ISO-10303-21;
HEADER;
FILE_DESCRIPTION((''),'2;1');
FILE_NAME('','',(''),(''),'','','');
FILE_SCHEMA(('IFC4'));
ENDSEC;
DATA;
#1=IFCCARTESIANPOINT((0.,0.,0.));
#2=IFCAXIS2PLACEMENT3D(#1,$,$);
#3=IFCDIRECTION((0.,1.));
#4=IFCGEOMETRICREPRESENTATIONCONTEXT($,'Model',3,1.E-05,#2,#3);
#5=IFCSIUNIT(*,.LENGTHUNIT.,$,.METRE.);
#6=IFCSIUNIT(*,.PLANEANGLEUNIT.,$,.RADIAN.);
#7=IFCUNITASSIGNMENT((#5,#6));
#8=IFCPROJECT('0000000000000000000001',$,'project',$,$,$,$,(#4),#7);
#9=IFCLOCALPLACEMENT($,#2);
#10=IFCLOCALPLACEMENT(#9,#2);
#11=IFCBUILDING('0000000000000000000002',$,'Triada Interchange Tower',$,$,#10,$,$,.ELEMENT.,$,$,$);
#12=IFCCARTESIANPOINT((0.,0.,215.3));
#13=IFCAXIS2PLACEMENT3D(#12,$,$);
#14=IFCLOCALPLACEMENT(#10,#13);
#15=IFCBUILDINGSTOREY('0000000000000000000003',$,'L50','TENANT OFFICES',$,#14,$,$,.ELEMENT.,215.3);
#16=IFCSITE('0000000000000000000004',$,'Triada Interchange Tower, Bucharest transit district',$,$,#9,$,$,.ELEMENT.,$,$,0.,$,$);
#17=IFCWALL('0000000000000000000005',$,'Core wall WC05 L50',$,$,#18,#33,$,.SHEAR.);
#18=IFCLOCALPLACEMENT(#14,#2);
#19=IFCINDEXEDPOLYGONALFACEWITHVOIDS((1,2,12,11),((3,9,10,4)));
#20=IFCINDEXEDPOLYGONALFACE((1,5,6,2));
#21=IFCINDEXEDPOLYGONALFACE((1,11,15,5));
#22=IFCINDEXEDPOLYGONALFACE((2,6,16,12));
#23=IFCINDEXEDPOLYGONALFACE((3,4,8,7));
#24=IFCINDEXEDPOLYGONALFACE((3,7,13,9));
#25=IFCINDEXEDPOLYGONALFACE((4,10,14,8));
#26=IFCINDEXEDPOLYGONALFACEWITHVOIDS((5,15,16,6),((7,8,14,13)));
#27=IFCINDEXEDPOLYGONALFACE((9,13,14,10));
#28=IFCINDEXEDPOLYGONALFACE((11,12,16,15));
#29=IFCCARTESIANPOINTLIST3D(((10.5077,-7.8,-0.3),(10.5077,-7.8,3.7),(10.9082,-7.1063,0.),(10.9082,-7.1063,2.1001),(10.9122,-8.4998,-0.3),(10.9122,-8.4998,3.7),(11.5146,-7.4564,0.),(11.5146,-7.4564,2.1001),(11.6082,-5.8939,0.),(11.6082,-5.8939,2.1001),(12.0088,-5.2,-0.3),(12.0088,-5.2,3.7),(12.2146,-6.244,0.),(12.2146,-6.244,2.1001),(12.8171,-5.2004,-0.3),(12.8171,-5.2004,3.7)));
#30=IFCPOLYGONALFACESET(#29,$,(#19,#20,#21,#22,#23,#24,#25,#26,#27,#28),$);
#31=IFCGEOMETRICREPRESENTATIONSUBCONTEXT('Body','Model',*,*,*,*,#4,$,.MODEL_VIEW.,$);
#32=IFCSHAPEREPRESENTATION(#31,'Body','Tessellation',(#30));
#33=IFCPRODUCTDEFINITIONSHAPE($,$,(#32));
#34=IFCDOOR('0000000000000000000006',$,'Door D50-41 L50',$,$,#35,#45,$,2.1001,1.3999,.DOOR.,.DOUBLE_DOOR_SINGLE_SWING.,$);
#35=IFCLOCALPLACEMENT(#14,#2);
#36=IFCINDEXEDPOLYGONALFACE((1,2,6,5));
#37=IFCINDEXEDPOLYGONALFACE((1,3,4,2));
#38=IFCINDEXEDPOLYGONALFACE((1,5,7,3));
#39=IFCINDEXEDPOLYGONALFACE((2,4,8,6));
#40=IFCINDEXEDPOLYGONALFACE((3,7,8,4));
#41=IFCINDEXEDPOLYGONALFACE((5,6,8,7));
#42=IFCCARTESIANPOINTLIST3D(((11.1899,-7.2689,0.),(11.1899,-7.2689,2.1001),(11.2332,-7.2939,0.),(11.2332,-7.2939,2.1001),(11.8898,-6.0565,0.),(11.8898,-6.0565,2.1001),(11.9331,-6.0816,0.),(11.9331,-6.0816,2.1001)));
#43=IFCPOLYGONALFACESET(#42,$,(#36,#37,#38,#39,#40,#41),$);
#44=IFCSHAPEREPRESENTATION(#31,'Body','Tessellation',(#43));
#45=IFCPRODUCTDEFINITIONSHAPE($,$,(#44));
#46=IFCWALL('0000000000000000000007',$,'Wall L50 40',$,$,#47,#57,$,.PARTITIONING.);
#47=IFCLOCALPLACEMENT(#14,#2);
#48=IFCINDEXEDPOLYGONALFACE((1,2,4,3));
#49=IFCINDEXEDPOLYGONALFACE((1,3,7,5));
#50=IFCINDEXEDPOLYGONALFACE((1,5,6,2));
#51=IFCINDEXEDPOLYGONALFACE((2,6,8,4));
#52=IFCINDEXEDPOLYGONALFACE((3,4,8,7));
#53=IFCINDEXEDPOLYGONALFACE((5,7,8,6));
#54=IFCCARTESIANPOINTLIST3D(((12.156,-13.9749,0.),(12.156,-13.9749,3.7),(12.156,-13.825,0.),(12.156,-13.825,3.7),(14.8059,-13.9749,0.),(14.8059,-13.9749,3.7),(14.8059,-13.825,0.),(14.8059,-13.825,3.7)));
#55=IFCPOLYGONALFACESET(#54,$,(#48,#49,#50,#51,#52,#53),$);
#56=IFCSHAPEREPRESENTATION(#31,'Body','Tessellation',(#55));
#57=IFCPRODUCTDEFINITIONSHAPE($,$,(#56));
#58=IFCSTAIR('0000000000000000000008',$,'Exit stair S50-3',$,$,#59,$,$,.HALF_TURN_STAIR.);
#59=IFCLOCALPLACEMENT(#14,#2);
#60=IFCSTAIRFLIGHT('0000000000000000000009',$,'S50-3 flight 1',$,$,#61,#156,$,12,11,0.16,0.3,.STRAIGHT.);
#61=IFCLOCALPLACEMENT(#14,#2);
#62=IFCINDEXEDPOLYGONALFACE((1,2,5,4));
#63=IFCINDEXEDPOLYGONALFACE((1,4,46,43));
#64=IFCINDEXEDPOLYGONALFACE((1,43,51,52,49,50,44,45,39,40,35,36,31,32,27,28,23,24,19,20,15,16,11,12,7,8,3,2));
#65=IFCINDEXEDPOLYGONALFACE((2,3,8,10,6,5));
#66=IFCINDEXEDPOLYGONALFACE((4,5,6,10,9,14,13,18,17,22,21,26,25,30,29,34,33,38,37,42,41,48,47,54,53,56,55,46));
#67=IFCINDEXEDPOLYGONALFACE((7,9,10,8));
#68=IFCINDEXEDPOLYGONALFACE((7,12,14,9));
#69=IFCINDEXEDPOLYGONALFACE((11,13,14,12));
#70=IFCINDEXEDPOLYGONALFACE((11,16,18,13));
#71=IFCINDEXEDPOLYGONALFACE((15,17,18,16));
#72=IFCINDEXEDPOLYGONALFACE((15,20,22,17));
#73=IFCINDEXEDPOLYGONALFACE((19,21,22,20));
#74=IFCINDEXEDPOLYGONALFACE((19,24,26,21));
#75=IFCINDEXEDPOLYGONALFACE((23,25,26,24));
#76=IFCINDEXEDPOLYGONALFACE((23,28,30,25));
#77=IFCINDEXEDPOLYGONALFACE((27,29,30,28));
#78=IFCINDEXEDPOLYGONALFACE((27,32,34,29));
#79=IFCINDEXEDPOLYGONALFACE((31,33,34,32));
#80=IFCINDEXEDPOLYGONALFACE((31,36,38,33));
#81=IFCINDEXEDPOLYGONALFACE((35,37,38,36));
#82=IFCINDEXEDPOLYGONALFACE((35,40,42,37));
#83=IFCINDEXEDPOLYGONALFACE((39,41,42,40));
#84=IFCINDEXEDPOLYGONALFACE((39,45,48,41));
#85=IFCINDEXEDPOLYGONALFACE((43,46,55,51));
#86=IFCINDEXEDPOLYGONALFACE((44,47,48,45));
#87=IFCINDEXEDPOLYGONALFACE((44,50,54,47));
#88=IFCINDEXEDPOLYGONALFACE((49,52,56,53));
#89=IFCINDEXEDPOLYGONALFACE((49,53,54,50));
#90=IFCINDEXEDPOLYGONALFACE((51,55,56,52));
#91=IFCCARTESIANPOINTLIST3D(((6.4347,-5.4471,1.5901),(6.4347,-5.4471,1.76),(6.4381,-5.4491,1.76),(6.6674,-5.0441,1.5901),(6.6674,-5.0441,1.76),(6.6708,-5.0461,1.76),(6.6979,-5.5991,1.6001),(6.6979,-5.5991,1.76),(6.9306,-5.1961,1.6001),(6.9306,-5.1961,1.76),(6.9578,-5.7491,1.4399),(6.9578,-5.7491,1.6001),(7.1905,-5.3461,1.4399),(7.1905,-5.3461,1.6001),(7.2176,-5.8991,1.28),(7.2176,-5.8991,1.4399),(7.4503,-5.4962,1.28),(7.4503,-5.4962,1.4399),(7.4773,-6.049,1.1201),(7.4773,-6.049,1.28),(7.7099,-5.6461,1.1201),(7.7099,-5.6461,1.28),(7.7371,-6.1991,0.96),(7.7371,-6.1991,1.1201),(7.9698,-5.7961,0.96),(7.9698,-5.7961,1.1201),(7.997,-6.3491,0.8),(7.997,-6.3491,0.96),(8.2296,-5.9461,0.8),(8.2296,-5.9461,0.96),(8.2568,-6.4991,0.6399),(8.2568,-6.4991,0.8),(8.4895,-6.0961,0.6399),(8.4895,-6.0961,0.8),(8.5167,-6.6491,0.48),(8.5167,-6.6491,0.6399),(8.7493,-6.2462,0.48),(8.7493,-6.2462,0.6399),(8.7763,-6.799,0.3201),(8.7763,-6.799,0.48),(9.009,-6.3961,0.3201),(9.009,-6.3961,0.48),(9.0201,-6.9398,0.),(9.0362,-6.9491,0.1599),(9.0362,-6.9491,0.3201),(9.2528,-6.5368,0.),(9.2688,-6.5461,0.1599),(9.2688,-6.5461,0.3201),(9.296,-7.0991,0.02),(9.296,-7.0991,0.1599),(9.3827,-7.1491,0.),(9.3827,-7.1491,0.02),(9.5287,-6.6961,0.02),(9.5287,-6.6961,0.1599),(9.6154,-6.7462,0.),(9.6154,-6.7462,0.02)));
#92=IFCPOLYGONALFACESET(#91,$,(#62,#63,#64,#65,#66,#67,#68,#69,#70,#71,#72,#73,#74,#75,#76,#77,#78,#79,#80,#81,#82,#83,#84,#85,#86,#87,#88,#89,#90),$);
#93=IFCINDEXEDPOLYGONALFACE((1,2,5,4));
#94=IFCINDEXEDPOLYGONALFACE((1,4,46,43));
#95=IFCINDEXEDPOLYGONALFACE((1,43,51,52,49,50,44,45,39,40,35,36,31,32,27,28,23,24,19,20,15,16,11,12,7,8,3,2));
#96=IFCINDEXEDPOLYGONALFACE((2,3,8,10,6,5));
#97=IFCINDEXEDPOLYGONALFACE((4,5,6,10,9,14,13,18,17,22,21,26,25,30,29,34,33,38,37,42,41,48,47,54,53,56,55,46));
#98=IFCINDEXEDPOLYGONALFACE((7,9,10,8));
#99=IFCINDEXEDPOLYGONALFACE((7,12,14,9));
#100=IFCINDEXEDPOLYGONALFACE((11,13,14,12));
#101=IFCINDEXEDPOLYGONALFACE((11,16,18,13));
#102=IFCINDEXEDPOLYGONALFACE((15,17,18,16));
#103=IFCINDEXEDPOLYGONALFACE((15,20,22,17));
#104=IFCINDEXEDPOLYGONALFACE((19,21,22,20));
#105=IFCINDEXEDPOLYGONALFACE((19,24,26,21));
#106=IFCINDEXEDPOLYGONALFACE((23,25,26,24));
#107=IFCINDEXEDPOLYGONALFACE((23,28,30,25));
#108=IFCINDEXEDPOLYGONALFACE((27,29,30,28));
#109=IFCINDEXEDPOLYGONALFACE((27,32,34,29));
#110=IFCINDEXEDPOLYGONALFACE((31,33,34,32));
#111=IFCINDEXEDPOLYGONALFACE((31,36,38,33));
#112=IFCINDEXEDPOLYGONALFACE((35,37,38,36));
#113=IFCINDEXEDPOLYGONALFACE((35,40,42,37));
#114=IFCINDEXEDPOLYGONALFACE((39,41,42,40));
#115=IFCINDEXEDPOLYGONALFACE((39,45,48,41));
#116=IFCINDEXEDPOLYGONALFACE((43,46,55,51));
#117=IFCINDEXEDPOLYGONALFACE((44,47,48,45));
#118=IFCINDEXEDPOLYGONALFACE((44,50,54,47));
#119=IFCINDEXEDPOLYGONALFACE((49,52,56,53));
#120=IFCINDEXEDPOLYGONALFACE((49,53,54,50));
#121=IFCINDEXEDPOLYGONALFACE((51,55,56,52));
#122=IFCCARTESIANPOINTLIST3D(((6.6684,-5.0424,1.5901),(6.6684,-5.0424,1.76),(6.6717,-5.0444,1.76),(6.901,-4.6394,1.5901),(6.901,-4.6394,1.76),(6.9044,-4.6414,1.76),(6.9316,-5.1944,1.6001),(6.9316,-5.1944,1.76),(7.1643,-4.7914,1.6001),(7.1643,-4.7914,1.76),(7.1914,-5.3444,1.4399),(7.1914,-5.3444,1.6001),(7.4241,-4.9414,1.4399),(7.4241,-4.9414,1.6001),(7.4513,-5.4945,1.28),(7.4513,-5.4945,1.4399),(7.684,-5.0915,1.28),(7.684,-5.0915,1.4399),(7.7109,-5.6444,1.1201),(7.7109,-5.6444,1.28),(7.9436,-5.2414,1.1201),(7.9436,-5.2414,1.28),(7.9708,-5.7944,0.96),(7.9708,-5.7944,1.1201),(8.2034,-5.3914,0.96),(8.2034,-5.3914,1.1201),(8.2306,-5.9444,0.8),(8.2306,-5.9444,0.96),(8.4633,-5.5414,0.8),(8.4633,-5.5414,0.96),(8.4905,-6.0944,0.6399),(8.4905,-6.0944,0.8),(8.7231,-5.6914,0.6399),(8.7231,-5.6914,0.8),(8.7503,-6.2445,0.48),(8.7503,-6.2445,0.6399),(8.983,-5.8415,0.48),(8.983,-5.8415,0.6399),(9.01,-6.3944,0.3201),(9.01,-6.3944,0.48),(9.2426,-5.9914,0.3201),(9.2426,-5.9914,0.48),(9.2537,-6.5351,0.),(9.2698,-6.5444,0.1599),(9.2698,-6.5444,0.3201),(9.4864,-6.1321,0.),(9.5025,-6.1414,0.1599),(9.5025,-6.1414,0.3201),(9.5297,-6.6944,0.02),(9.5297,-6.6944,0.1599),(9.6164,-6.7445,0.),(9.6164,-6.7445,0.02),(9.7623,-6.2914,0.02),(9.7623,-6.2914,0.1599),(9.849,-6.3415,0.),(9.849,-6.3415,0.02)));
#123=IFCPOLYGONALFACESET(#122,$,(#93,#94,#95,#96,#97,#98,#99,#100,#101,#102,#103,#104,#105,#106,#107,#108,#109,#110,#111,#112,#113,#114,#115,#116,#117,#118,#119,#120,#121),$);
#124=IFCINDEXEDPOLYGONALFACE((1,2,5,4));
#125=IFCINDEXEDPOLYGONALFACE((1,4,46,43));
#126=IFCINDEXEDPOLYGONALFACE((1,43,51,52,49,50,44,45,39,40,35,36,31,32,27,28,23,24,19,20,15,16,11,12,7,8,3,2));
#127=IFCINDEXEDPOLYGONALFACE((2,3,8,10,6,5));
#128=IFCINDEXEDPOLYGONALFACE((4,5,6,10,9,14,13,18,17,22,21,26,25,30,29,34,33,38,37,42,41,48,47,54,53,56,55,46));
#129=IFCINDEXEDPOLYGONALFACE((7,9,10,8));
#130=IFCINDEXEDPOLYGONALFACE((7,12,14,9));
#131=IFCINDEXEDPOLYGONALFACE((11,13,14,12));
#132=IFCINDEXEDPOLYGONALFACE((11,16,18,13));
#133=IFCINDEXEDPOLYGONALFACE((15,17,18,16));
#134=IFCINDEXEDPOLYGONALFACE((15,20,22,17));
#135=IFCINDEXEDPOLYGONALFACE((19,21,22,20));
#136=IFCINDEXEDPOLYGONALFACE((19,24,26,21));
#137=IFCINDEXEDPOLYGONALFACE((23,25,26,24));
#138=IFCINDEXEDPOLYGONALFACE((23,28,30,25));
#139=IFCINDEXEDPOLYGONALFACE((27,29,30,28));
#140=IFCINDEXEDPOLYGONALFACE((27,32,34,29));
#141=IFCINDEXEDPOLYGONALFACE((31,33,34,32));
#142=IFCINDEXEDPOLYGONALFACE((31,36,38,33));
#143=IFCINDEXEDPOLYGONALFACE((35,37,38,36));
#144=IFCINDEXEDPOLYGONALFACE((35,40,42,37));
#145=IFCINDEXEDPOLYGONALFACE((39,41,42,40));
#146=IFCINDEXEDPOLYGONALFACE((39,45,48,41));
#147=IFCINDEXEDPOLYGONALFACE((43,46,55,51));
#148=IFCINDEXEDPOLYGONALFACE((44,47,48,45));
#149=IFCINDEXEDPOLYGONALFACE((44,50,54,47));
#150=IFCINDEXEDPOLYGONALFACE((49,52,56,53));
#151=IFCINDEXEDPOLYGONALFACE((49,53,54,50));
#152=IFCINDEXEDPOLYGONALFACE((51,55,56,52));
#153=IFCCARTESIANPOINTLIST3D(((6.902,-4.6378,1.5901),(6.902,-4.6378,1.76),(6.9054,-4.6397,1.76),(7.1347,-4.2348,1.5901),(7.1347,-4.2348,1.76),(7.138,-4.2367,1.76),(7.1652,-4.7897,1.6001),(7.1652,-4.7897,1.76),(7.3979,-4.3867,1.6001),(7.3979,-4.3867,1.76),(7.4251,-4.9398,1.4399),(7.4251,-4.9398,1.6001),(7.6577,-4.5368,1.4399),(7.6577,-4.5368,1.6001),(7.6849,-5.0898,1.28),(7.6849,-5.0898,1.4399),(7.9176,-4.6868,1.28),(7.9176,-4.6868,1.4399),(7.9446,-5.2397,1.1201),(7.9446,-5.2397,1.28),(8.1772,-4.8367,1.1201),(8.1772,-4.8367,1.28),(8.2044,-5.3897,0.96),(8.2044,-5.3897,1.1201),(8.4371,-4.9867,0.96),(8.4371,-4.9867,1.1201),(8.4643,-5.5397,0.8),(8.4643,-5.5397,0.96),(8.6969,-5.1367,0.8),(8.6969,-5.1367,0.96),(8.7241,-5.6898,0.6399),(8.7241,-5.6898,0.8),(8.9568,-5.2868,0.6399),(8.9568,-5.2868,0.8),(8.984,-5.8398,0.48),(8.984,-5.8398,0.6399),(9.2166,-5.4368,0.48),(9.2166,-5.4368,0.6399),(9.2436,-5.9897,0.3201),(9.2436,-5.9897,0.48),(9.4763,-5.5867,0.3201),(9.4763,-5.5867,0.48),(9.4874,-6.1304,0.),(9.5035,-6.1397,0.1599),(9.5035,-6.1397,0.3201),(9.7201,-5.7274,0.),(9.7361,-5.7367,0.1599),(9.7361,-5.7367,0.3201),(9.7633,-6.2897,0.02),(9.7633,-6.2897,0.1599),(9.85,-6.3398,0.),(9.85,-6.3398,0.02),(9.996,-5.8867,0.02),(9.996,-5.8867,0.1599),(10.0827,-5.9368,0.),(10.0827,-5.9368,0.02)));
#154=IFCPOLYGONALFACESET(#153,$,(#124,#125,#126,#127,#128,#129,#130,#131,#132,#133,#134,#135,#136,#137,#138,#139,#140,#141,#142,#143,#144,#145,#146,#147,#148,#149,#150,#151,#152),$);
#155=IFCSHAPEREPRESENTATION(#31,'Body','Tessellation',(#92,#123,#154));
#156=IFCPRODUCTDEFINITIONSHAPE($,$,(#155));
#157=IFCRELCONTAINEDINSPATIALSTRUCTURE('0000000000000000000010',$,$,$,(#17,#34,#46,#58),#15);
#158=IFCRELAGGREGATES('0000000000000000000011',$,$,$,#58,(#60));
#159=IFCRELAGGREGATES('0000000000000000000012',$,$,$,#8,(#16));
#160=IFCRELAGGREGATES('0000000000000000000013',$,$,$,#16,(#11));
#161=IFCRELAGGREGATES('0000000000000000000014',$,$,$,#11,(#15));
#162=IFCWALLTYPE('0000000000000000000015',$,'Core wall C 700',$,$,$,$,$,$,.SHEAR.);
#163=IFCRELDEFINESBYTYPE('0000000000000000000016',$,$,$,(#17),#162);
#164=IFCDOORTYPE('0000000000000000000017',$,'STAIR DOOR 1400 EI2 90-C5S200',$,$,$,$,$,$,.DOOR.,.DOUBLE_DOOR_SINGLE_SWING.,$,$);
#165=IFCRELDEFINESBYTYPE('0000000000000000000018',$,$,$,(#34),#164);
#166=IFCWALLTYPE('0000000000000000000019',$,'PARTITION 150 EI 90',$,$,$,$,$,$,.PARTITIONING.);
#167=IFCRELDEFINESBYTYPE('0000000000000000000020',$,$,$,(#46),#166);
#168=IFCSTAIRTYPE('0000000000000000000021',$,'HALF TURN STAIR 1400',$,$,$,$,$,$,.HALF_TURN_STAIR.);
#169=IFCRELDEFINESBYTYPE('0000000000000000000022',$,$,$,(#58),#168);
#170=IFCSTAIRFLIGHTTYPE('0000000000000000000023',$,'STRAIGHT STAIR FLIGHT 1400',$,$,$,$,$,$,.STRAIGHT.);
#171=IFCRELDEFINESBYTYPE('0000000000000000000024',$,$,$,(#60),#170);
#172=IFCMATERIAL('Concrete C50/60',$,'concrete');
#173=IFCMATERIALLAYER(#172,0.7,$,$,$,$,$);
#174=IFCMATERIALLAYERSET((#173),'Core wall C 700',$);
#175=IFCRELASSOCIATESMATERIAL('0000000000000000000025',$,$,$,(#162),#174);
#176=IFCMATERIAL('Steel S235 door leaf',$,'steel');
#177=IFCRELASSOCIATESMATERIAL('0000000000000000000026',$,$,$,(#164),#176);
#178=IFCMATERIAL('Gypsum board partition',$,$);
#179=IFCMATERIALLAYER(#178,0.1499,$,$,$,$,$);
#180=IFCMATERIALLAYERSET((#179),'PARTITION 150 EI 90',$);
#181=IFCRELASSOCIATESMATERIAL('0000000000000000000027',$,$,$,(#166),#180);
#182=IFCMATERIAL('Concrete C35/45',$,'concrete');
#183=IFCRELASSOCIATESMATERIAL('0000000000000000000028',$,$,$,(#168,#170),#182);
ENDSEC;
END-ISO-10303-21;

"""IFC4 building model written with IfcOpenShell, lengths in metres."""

from ifc_helpers import new_model, si_unit, direction, frame, frame_2d, origin, place, context, subcontext, project, spatial, polyline, rectangle, outline, extrude, material, layer, layer_set, type_object, element, fill, aggregate, save


model = new_model("IFC4")

# Units and contexts
model_context = context("Model", 3, precision=1e-05, world=origin(), true_north=direction((0.0, 1.0)))
body_context = subcontext(model_context, "Body", "Model", "MODEL_VIEW")
ifc_project = project(units=[si_unit("LENGTHUNIT", "METRE"), si_unit("PLANEANGLEUNIT", "RADIAN")], contexts=[model_context])

# Site, building, storey
site_placement = place(None, origin())
site = spatial("IfcSite", under=ifc_project, at=site_placement, Name="Triada Interchange Tower, Bucharest transit district", CompositionType="ELEMENT", RefElevation=0.0)
building_placement = place(site_placement, origin())
building = spatial("IfcBuilding", under=site, at=building_placement, Name="Triada Interchange Tower", CompositionType="ELEMENT")
storey_placement = place(building_placement, frame((0.0, 0.0, 215.3)))
storey = spatial("IfcBuildingStorey", under=building, at=storey_placement, Name="L50", Description="TENANT OFFICES", CompositionType="ELEMENT", Elevation=215.3)

# Shared definitions
ifc_material_1 = material(Name="Steel S235 door leaf", Category="steel")

# Wall, opening, door
ifc_material_2 = material(Name="Concrete C50/60", Category="concrete")
ifc_layer_1 = layer(ifc_material_2, 0.7)
ifc_layer_set_1 = layer_set([ifc_layer_1], Name="Core wall C 700")
wall_type_1 = type_object("IfcWallType", Name="Core wall C 700", PredefinedType="SHEAR", material=ifc_layer_set_1)
wall_1_placement = place(storey_placement, frame((10.71, -8.1499, -0.3), z_axis=(0.0, 0.0, 1.0), x_axis=(0.499993, 0.866029, 0.0)))
wall_1 = element("IfcWall", 1, at=wall_1_placement, inside=storey, type_object=wall_type_1, Name="Core wall WC05 L50", PredefinedType="SHEAR", context=body_context, shape_type="SweptSolid", body=[
    extrude(outline(polyline([(-0.2019, -0.3501), (1.7031, -0.3501), (3.6079, -0.3501), (3.2041, 0.3501), (1.7031, 0.3501), (0.2019, 0.3501), (-0.2019, -0.3501)])), origin(), (0.0, 0.0, 1.0), 4.0),
])
opening_1_placement = place(wall_1_placement, frame((1.0029, 0.0, 0.3)))
opening_1 = element("IfcOpeningElement", 2, at=opening_1_placement, cuts=wall_1, PredefinedType="OPENING", context=body_context, shape_type="SweptSolid", body=[
    extrude(rectangle(XDim=1.3999, YDim=2.1001, at=frame_2d((0.7, 1.05))), frame((0.0, 0.3601, 0.0), z_axis=(0.0, -1.0, 0.0), x_axis=(1.0, 0.0, 0.0)), (0.0, 0.0, 1.0), 0.7202),
])
door_type_1 = type_object("IfcDoorType", Name="STAIR DOOR 1400 EI2 90-C5S200", OperationType="DOUBLE_DOOR_SINGLE_SWING", PredefinedType="DOOR", material=ifc_material_1)
door_1_placement = place(opening_1_placement, origin())
door_1 = element("IfcDoor", 3, at=door_1_placement, inside=storey, type_object=door_type_1, Name="Door D50-41 L50", OperationType="DOUBLE_DOOR_SINGLE_SWING", OverallHeight=2.1001, OverallWidth=1.3999, PredefinedType="DOOR", context=body_context, shape_type="SweptSolid", body=[
    extrude(rectangle(XDim=1.3999, YDim=2.1001, at=frame_2d((0.7, 1.05))), frame((0.0, 0.0249, 0.0), z_axis=(0.0, -1.0, 0.0), x_axis=(1.0, 0.0, 0.0)), (0.0, 0.0, 1.0), 0.05),
])
fill(opening_1, door_1)

# Wall
ifc_material_3 = material(Name="Gypsum board partition")
ifc_layer_2 = layer(ifc_material_3, 0.1499)
ifc_layer_set_2 = layer_set([ifc_layer_2], Name="PARTITION 150 EI 90")
wall_type_2 = type_object("IfcWallType", Name="PARTITION 150 EI 90", PredefinedType="PARTITIONING", material=ifc_layer_set_2)
wall_2_placement = place(storey_placement, frame((12.156, -13.8999, 0.0), z_axis=(0.0, 0.0, 1.0), x_axis=(1.0, 0.0, 0.0)))
element("IfcWall", 4, at=wall_2_placement, inside=storey, type_object=wall_type_2, Name="Wall L50 40", PredefinedType="PARTITIONING", context=body_context, shape_type="SweptSolid", body=[
    extrude(rectangle(XDim=2.6499, YDim=0.1499, at=frame_2d((1.325, 0.0))), origin(), (0.0, 0.0, 1.0), 3.7),
])

# Stair, stair flight
ifc_material_4 = material(Name="Concrete C35/45", Category="concrete")
stair_type = type_object("IfcStairType", Name="HALF TURN STAIR 1400", PredefinedType="HALF_TURN_STAIR", material=ifc_material_4)
stair_placement = place(storey_placement, origin())
stair = element("IfcStair", 5, at=stair_placement, inside=storey, type_object=stair_type, Name="Exit stair S50-3", PredefinedType="HALF_TURN_STAIR")
stair_flight_type = type_object("IfcStairFlightType", Name="STRAIGHT STAIR FLIGHT 1400", PredefinedType="STRAIGHT", material=ifc_material_4)
stair_flight_1_placement = place(storey_placement, frame((9.646, -6.4929, 0.0), z_axis=(0.0, 0.0, 1.0), x_axis=(-0.866025, 0.5, 0.0)))
stair_flight_1 = element("IfcStairFlight", 6, at=stair_flight_1_placement, type_object=stair_flight_type, Name="S50-3 flight 1", NumberOfRisers=12, NumberOfTreads=11, PredefinedType="STRAIGHT", RiserHeight=0.16, TreadLength=0.3, context=body_context, shape_type="SweptSolid", body=[
    extrude(outline(polyline([(-0.1001, 0.0), (-0.1001, 0.02), (0.0, 0.02), (0.0, 0.1599), (0.3, 0.1599), (0.3, 0.3201), (0.6001, 0.3201), (0.6001, 0.48), (0.8999, 0.48), (0.8999, 0.6399), (1.2, 0.6399), (1.2, 0.8), (1.5, 0.8), (1.5, 0.96), (1.8, 0.96), (1.8, 1.1201), (2.1001, 1.1201), (2.1001, 1.28), (2.3999, 1.28), (2.3999, 1.4399), (2.7, 1.4399), (2.7, 1.6001), (3.0, 1.6001), (3.0, 1.76), (3.3, 1.76), (3.304, 1.76), (3.304, 1.9199), (3.304, 1.5901), (0.3186, 0.0), (-0.1001, 0.0)])), frame((0.0, 0.7, 0.0), z_axis=(0.0, -1.0, 0.0), x_axis=(1.0, 0.0, 0.0)), (0.0, 0.0, 1.0), 0.4653),
    extrude(outline(polyline([(-0.1001, 0.0), (-0.1001, 0.02), (0.0, 0.02), (0.0, 0.1599), (0.3, 0.1599), (0.3, 0.3201), (0.6001, 0.3201), (0.6001, 0.48), (0.8999, 0.48), (0.8999, 0.6399), (1.2, 0.6399), (1.2, 0.8), (1.5, 0.8), (1.5, 0.96), (1.8, 0.96), (1.8, 1.1201), (2.1001, 1.1201), (2.1001, 1.28), (2.3999, 1.28), (2.3999, 1.4399), (2.7, 1.4399), (2.7, 1.6001), (3.0, 1.6001), (3.0, 1.76), (3.3, 1.76), (3.304, 1.76), (3.304, 1.9199), (3.304, 1.5901), (0.3186, 0.0), (-0.1001, 0.0)])), frame((0.0, 0.2327, 0.0), z_axis=(0.0, -1.0, 0.0), x_axis=(1.0, 0.0, 0.0)), (0.0, 0.0, 1.0), 0.4653),
    extrude(outline(polyline([(-0.1001, 0.0), (-0.1001, 0.02), (0.0, 0.02), (0.0, 0.1599), (0.3, 0.1599), (0.3, 0.3201), (0.6001, 0.3201), (0.6001, 0.48), (0.8999, 0.48), (0.8999, 0.6399), (1.2, 0.6399), (1.2, 0.8), (1.5, 0.8), (1.5, 0.96), (1.8, 0.96), (1.8, 1.1201), (2.1001, 1.1201), (2.1001, 1.28), (2.3999, 1.28), (2.3999, 1.4399), (2.7, 1.4399), (2.7, 1.6001), (3.0, 1.6001), (3.0, 1.76), (3.3, 1.76), (3.304, 1.76), (3.304, 1.9199), (3.304, 1.5901), (0.3186, 0.0), (-0.1001, 0.0)])), frame((0.0, -0.2346, 0.0), z_axis=(0.0, -1.0, 0.0), x_axis=(1.0, 0.0, 0.0)), (0.0, 0.0, 1.0), 0.4653),
])
aggregate(stair, [stair_flight_1])

save(model, "model.ifc")
